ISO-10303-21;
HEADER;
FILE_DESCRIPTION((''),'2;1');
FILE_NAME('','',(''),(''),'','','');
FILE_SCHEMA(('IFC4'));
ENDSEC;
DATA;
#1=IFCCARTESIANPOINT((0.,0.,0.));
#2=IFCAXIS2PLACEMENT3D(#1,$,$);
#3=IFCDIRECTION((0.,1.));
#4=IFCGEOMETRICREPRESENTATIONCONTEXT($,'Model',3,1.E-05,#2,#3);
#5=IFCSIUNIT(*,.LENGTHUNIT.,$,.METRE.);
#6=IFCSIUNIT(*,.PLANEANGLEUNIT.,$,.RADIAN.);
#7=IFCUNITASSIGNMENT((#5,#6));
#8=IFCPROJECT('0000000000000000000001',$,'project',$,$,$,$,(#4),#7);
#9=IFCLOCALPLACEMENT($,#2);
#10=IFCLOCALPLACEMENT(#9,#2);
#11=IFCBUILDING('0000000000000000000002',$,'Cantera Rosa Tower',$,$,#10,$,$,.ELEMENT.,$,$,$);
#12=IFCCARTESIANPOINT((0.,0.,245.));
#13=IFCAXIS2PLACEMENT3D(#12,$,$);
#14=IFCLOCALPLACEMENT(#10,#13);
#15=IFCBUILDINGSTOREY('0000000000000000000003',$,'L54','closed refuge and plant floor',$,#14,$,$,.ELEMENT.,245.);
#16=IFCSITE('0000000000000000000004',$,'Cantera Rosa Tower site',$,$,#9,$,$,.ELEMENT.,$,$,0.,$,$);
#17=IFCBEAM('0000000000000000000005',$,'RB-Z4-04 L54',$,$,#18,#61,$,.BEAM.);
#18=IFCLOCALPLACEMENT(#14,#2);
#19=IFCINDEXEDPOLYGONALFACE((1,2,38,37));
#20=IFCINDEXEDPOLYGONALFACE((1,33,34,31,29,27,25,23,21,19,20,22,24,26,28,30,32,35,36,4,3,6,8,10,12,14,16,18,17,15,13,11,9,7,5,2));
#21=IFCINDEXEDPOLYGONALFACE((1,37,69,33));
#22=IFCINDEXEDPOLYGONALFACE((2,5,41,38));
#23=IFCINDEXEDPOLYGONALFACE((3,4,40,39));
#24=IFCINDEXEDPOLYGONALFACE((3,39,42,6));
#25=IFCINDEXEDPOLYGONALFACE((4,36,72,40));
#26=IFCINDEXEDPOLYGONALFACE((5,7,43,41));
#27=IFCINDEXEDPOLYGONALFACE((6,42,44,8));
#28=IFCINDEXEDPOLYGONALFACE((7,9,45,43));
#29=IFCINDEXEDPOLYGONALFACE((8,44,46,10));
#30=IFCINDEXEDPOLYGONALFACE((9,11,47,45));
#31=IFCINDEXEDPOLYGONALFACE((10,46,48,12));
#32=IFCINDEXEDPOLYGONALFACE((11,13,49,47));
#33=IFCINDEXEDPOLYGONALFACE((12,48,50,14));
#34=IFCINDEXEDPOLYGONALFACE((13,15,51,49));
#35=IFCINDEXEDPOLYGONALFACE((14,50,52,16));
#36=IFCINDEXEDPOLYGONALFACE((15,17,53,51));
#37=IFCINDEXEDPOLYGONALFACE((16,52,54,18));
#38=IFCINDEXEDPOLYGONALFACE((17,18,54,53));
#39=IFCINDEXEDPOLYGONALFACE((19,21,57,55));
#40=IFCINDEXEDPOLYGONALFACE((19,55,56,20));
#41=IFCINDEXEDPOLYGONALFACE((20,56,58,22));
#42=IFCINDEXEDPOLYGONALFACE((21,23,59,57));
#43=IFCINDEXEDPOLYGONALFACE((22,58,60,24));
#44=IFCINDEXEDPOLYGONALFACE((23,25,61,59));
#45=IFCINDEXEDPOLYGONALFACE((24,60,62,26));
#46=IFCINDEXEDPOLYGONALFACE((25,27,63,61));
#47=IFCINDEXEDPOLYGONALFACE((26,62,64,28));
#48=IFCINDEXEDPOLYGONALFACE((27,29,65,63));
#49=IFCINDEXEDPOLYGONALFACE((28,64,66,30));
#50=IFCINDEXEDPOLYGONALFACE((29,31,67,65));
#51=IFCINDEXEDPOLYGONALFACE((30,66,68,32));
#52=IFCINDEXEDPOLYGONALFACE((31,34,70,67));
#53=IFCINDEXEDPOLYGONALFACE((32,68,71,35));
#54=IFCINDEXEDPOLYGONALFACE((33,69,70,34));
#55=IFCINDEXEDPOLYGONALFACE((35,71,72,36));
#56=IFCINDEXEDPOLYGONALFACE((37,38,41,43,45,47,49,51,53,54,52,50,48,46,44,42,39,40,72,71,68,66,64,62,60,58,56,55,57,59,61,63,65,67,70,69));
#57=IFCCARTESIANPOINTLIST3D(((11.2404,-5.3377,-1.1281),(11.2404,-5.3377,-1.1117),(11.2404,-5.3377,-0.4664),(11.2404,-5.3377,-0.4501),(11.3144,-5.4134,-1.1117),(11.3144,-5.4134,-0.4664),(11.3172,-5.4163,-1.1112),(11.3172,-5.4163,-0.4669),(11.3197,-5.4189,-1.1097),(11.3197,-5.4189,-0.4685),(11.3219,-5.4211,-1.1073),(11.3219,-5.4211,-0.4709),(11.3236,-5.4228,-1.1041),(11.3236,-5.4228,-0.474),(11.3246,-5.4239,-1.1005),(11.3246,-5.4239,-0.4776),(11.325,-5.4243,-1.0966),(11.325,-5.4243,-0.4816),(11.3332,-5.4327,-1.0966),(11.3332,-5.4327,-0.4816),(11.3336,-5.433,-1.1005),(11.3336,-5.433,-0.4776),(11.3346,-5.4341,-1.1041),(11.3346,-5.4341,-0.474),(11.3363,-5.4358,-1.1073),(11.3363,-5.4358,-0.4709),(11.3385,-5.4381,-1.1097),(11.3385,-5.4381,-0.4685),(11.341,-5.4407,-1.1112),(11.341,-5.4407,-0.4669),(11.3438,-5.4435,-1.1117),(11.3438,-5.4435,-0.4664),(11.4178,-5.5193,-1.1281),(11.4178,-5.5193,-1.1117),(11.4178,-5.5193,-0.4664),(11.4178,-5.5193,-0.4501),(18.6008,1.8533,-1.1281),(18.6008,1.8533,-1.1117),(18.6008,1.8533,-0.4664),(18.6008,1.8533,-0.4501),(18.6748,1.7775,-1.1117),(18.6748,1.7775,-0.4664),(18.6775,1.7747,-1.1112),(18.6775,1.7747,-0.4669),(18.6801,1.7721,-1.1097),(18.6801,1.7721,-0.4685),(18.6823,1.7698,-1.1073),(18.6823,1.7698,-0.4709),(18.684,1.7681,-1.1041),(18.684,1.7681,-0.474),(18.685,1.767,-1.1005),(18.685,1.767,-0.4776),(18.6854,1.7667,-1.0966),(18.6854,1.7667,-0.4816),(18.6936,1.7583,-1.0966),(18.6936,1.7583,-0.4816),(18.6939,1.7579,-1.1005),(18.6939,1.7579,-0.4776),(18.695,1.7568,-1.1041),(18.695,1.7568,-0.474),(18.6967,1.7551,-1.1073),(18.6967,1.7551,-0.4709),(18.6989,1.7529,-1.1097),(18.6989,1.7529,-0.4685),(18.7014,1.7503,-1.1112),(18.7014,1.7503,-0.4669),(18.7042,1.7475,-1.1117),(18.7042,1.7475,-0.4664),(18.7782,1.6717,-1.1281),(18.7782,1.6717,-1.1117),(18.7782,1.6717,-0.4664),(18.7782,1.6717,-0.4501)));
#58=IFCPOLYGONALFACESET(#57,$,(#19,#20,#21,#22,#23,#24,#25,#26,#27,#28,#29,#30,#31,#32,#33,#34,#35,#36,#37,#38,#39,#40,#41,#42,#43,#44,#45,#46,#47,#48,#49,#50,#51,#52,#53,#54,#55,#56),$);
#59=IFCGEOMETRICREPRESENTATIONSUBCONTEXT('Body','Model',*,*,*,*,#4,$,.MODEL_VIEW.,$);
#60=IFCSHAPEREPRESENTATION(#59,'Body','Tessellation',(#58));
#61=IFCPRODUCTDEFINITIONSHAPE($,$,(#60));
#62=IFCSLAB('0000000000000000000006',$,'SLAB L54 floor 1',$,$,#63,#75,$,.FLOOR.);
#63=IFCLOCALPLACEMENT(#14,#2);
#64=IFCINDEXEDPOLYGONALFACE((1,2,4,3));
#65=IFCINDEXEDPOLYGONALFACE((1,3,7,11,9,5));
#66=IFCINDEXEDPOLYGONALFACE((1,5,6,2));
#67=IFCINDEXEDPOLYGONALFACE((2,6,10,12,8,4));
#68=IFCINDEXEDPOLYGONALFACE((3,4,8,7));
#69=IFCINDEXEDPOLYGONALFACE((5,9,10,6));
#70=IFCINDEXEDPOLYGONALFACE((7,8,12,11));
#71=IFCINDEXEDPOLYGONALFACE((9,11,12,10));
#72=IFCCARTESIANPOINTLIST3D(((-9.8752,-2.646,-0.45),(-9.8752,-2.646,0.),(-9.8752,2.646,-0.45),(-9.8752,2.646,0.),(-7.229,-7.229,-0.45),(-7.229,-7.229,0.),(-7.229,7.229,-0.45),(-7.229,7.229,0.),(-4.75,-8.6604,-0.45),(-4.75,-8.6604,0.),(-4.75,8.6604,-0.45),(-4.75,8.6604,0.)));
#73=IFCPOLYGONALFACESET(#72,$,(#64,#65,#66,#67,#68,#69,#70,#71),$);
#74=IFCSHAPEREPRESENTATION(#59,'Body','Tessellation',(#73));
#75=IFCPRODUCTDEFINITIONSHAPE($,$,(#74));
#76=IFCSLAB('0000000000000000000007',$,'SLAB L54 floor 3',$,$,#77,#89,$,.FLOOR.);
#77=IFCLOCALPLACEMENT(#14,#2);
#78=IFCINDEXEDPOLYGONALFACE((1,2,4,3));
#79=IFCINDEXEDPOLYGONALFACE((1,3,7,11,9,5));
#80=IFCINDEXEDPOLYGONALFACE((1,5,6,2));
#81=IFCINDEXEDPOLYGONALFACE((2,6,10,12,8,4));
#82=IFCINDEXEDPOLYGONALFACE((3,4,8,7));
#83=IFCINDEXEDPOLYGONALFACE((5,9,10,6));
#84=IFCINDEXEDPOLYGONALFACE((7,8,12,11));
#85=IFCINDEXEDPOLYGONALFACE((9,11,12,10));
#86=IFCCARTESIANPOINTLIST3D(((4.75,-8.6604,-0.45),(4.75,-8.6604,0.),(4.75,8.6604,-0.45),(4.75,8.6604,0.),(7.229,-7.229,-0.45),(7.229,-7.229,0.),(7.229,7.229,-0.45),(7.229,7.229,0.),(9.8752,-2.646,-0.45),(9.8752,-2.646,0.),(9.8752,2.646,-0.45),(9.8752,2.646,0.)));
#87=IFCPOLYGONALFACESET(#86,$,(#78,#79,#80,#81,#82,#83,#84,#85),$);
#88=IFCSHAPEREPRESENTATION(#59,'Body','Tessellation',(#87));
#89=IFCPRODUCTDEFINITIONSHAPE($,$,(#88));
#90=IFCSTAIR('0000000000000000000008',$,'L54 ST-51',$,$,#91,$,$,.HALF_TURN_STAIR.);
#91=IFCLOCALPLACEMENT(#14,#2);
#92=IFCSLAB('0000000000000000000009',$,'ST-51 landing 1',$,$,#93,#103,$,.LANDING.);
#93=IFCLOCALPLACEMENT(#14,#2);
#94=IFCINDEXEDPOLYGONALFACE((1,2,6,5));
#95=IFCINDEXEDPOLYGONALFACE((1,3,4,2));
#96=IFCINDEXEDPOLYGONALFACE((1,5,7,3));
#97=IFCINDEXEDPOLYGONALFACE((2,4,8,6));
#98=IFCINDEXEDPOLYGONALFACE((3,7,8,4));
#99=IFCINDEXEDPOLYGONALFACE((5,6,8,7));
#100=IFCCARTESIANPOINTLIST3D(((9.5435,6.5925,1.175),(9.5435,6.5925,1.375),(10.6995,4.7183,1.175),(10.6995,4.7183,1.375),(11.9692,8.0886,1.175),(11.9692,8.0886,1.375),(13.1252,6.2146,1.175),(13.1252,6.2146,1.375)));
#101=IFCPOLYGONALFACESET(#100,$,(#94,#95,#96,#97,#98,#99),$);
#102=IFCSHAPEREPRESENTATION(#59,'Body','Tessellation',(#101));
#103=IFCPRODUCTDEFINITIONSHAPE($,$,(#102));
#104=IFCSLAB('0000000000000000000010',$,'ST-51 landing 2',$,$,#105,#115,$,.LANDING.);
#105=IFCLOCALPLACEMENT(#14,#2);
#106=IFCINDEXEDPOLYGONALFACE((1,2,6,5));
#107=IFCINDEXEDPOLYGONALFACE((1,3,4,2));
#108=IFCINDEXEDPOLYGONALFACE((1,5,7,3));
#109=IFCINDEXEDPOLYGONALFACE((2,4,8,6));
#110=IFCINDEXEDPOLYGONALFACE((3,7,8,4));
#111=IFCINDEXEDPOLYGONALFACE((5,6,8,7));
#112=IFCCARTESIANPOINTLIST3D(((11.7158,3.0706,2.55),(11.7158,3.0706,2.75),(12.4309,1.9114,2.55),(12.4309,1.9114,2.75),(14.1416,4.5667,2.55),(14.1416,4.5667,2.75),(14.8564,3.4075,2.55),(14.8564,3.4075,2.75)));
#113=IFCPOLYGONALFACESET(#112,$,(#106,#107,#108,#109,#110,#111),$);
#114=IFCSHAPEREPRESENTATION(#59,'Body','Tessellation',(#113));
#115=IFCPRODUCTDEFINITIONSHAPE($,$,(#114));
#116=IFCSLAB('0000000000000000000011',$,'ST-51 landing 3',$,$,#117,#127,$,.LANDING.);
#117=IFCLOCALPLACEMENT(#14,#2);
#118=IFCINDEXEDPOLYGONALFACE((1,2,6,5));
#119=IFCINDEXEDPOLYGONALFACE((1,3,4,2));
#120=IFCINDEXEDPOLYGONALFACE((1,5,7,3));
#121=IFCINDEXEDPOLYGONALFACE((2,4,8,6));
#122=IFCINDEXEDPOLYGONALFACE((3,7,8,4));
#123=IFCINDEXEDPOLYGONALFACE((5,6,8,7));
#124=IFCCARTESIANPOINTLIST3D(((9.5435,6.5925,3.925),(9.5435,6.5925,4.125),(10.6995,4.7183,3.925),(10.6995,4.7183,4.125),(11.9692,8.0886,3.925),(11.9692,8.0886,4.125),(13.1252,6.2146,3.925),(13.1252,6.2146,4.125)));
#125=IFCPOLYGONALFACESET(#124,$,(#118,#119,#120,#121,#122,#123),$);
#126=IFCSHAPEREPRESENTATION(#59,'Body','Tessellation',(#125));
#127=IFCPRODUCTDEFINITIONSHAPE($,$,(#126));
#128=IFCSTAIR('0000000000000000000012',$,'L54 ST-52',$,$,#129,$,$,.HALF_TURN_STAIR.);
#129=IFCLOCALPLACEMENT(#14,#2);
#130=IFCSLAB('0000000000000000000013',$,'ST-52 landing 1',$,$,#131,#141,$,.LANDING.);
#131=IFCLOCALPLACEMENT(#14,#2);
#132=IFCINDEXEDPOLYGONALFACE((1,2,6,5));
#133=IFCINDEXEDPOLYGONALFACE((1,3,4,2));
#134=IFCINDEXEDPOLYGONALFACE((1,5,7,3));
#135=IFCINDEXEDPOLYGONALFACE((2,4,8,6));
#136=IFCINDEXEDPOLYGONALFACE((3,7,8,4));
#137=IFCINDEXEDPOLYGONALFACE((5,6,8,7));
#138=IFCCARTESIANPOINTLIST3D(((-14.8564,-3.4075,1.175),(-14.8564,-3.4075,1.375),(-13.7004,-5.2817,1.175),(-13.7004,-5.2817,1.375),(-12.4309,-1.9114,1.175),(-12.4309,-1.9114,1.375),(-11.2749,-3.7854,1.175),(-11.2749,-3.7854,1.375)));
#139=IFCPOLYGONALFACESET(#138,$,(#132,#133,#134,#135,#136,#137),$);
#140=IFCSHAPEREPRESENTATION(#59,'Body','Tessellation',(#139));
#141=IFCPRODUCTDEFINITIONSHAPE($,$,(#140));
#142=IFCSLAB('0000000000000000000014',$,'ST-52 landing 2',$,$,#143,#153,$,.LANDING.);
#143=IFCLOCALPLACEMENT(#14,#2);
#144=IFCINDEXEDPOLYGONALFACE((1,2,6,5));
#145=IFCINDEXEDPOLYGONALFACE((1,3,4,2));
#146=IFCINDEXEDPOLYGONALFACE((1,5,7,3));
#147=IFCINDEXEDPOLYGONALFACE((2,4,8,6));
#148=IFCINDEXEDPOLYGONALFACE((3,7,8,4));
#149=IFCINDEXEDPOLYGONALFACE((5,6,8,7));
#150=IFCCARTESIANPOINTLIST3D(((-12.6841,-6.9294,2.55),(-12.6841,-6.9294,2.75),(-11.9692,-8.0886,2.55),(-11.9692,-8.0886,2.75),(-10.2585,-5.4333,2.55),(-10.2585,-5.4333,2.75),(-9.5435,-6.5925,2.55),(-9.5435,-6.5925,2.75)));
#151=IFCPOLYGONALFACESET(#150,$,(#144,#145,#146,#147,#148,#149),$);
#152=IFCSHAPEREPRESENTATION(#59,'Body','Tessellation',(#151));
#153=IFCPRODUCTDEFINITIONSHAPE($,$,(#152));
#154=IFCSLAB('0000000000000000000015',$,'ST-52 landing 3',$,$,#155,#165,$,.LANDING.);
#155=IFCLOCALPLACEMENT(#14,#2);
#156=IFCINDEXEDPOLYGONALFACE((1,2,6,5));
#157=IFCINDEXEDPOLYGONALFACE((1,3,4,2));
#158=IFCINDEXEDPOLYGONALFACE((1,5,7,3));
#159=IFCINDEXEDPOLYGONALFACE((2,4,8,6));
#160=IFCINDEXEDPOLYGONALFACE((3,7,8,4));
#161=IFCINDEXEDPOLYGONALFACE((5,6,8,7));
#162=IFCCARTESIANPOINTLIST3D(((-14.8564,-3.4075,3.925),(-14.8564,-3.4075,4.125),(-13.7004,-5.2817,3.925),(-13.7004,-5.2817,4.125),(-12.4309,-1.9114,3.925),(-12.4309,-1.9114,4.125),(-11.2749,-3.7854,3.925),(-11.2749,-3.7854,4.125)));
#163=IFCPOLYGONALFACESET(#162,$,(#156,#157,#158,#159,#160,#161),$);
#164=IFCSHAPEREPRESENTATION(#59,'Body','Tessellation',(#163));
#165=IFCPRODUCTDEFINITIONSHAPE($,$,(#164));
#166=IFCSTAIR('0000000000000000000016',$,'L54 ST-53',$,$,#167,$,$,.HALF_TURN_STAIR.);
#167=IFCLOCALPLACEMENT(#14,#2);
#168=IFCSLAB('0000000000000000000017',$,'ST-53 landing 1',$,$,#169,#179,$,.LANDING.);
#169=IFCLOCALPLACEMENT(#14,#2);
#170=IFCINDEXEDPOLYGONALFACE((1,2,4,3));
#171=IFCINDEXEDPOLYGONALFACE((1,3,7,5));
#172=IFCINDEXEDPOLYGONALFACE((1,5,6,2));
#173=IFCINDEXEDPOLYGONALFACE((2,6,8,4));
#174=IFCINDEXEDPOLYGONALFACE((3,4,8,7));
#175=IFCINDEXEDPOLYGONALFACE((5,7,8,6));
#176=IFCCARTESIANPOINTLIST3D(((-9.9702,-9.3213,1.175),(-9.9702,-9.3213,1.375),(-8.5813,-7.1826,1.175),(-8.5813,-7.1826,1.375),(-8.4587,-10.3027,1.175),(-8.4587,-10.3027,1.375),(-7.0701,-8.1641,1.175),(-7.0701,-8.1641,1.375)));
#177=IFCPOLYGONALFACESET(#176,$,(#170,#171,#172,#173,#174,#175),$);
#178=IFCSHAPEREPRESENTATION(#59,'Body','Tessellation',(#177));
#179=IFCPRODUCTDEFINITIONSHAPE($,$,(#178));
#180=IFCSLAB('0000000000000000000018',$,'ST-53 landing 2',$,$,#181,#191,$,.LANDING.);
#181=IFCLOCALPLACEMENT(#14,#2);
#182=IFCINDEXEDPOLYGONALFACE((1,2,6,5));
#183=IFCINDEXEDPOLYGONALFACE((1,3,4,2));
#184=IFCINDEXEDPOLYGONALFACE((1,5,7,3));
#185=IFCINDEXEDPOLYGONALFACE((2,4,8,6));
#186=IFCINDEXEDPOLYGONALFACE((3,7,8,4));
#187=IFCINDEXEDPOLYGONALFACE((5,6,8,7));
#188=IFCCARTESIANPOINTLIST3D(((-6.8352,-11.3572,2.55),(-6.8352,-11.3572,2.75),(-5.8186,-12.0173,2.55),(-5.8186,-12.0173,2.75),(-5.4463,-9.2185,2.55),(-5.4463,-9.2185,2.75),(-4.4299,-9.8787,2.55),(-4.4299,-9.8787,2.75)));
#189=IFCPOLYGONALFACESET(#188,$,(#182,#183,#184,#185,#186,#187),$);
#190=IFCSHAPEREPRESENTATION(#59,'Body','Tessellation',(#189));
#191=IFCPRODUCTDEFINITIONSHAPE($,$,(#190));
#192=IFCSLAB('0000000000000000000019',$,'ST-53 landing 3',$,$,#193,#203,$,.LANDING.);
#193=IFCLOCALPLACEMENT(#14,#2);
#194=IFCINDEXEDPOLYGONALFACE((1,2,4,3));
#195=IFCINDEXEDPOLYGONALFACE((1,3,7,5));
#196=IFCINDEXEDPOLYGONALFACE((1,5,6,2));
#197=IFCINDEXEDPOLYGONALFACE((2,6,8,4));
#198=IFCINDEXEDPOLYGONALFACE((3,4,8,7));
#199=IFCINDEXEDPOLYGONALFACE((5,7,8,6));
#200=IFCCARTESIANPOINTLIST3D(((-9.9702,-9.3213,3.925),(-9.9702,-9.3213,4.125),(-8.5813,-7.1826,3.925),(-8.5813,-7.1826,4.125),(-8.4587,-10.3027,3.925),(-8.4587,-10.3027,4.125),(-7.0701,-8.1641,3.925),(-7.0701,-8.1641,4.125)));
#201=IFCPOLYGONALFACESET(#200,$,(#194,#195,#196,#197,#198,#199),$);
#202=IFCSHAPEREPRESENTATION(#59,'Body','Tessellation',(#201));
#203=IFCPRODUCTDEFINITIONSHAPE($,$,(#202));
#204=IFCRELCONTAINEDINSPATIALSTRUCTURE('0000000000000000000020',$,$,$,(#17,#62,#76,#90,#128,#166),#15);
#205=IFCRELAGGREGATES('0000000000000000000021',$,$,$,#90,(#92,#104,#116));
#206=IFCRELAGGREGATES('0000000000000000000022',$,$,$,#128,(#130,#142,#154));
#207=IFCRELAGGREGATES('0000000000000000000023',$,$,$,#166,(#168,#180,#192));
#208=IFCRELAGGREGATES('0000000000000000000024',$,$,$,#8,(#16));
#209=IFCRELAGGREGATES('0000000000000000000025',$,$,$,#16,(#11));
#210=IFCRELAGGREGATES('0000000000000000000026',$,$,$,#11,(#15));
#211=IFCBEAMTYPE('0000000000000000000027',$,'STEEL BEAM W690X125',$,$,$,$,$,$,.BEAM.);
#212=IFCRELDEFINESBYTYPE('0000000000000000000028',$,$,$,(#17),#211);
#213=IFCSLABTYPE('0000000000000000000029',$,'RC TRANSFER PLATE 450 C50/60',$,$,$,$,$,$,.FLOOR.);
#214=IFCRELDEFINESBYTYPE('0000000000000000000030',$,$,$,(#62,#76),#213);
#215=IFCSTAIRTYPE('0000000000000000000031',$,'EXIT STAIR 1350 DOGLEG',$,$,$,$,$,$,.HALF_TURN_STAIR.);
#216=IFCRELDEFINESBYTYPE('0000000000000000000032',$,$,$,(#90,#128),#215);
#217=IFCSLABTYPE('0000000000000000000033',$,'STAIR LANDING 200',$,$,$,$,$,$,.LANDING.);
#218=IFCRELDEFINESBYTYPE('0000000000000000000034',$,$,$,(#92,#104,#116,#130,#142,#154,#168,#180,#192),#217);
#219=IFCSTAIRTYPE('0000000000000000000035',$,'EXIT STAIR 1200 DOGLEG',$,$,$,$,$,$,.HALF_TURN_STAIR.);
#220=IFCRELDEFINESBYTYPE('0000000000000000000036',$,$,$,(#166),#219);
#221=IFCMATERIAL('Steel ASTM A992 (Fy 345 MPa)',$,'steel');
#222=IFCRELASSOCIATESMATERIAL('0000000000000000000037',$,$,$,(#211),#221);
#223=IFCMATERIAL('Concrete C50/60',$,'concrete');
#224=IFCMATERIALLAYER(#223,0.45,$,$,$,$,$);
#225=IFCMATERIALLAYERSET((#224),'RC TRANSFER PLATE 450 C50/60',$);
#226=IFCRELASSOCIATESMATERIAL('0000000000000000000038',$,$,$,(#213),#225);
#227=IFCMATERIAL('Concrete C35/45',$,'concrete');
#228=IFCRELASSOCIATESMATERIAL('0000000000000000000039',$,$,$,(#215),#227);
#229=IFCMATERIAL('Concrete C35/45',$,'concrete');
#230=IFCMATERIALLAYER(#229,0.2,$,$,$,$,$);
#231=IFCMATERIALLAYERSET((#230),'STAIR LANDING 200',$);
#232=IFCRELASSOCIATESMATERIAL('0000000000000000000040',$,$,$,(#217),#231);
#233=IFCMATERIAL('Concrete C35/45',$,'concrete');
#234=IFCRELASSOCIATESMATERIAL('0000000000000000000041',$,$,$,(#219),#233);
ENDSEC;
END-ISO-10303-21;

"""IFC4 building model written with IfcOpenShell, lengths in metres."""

from ifc_helpers import new_model, si_unit, direction, frame, origin, origin_2d, place, context, subcontext, project, spatial, polyline, i_section, outline, extrude, material, layer, layer_set, material_profile, profile_set, type_object, element, aggregate, save


model = new_model("IFC4")

# Units and contexts
model_context = context("Model", 3, precision=1e-05, world=origin(), true_north=direction((0.0, 1.0)))
body_context = subcontext(model_context, "Body", "Model", "MODEL_VIEW")
ifc_project = project(units=[si_unit("LENGTHUNIT", "METRE"), si_unit("PLANEANGLEUNIT", "RADIAN")], contexts=[model_context])

# Site, building, storey
site_placement = place(None, origin())
site = spatial("IfcSite", under=ifc_project, at=site_placement, Name="Cantera Rosa Tower site", CompositionType="ELEMENT", RefElevation=0.0)
building_placement = place(site_placement, origin())
building = spatial("IfcBuilding", under=site, at=building_placement, Name="Cantera Rosa Tower", CompositionType="ELEMENT")
storey_placement = place(building_placement, frame((0.0, 0.0, 245.0)))
storey = spatial("IfcBuildingStorey", under=building, at=storey_placement, Name="L54", Description="closed refuge and plant floor", CompositionType="ELEMENT", Elevation=245.0)

# Beam
ifc_material_1 = material(Name="Steel ASTM A992 (Fy 345 MPa)", Category="steel")
ifc_material_profile = material_profile(ifc_material_1, i_section(OverallWidth=0.2539, OverallDepth=0.678, WebThickness=0.0117, FlangeThickness=0.0164, FilletRadius=0.0151, at=origin_2d()), Name="W690X125")
ifc_profile_set = profile_set([ifc_material_profile], Name="Steel ASTM A992 (Fy 345 MPa)")
beam_type = type_object("IfcBeamType", Name="STEEL BEAM W690X125", PredefinedType="BEAM", material=ifc_profile_set)
beam_placement = place(storey_placement, frame((11.3291, -5.4285, -0.7891), z_axis=(0.715292, 0.698826, 0.0), x_axis=(-0.698826, 0.715292, 0.0)))
element("IfcBeam", 1, at=beam_placement, inside=storey, type_object=beam_type, Name="RB-Z4-04 L54", PredefinedType="BEAM", context=body_context, shape_type="SweptSolid", body=[
    extrude(i_section(OverallWidth=0.2539, OverallDepth=0.678, WebThickness=0.0117, FlangeThickness=0.0164, FilletRadius=0.0151, at=origin_2d()), origin(), (0.0, 0.0, 1.0), 10.29),
])

# Slabs
ifc_material_2 = material(Name="Concrete C50/60", Category="concrete")
ifc_layer_1 = layer(ifc_material_2, 0.45)
ifc_layer_set_1 = layer_set([ifc_layer_1], Name="RC TRANSFER PLATE 450 C50/60")
slab_type_1 = type_object("IfcSlabType", Name="RC TRANSFER PLATE 450 C50/60", PredefinedType="FLOOR", material=ifc_layer_set_1)
slab_1_placement = place(storey_placement, frame((0.0, 0.0, -0.45)))
element("IfcSlab", 2, at=slab_1_placement, inside=storey, type_object=slab_type_1, Name="SLAB L54 floor 1", PredefinedType="FLOOR", context=body_context, shape_type="SweptSolid", body=[
    extrude(outline(polyline([(-4.75, 8.6604), (-4.75, -8.6604), (-7.229, -7.229), (-9.8752, -2.646), (-9.8752, 2.646), (-7.229, 7.229), (-4.75, 8.6604)])), origin(), (0.0, 0.0, 1.0), 0.45),
])
slab_2_placement = place(storey_placement, frame((0.0, 0.0, -0.45)))
element("IfcSlab", 3, at=slab_2_placement, inside=storey, type_object=slab_type_1, Name="SLAB L54 floor 3", PredefinedType="FLOOR", context=body_context, shape_type="SweptSolid", body=[
    extrude(outline(polyline([(4.75, -8.6604), (4.75, 8.6604), (7.229, 7.229), (9.8752, 2.646), (9.8752, -2.646), (7.229, -7.229), (4.75, -8.6604)])), origin(), (0.0, 0.0, 1.0), 0.45),
])

# Stairs, slabs
ifc_material_3 = material(Name="Concrete C35/45", Category="concrete")
stair_type_1 = type_object("IfcStairType", Name="EXIT STAIR 1350 DOGLEG", PredefinedType="HALF_TURN_STAIR", material=ifc_material_3)
stair_1_placement = place(storey_placement, origin())
stair_1 = element("IfcStair", 4, at=stair_1_placement, inside=storey, type_object=stair_type_1, Name="L54 ST-51", PredefinedType="HALF_TURN_STAIR")
ifc_material_4 = material(Name="Concrete C35/45", Category="concrete")
ifc_layer_2 = layer(ifc_material_4, 0.2)
ifc_layer_set_2 = layer_set([ifc_layer_2], Name="STAIR LANDING 200")
slab_type_2 = type_object("IfcSlabType", Name="STAIR LANDING 200", PredefinedType="LANDING", material=ifc_layer_set_2)
slab_3_placement = place(storey_placement, frame((0.0, 0.0, 1.175)))
slab_3 = element("IfcSlab", 5, at=slab_3_placement, type_object=slab_type_2, Name="ST-51 landing 1", PredefinedType="LANDING", context=body_context, shape_type="SweptSolid", body=[
    extrude(outline(polyline([(13.1252, 6.2146), (11.9692, 8.0886), (9.5435, 6.5925), (10.6995, 4.7183), (13.1252, 6.2146)])), origin(), (0.0, 0.0, 1.0), 0.2),
])
slab_4_placement = place(storey_placement, frame((0.0, 0.0, 2.55)))
slab_4 = element("IfcSlab", 6, at=slab_4_placement, type_object=slab_type_2, Name="ST-51 landing 2", PredefinedType="LANDING", context=body_context, shape_type="SweptSolid", body=[
    extrude(outline(polyline([(14.8564, 3.4075), (14.1416, 4.5667), (11.7158, 3.0706), (12.4309, 1.9114), (14.8564, 3.4075)])), origin(), (0.0, 0.0, 1.0), 0.2),
])
slab_5_placement = place(storey_placement, frame((0.0, 0.0, 3.925)))
slab_5 = element("IfcSlab", 7, at=slab_5_placement, type_object=slab_type_2, Name="ST-51 landing 3", PredefinedType="LANDING", context=body_context, shape_type="SweptSolid", body=[
    extrude(outline(polyline([(13.1252, 6.2146), (11.9692, 8.0886), (9.5435, 6.5925), (10.6995, 4.7183), (13.1252, 6.2146)])), origin(), (0.0, 0.0, 1.0), 0.2),
])
aggregate(stair_1, [slab_3, slab_4, slab_5])
stair_2_placement = place(storey_placement, origin())
stair_2 = element("IfcStair", 8, at=stair_2_placement, inside=storey, type_object=stair_type_1, Name="L54 ST-52", PredefinedType="HALF_TURN_STAIR")
slab_6_placement = place(storey_placement, frame((0.0, 0.0, 1.175)))
slab_6 = element("IfcSlab", 9, at=slab_6_placement, type_object=slab_type_2, Name="ST-52 landing 1", PredefinedType="LANDING", context=body_context, shape_type="SweptSolid", body=[
    extrude(outline(polyline([(-11.2749, -3.7854), (-12.4309, -1.9114), (-14.8564, -3.4075), (-13.7004, -5.2817), (-11.2749, -3.7854)])), origin(), (0.0, 0.0, 1.0), 0.2),
])
slab_7_placement = place(storey_placement, frame((0.0, 0.0, 2.55)))
slab_7 = element("IfcSlab", 10, at=slab_7_placement, type_object=slab_type_2, Name="ST-52 landing 2", PredefinedType="LANDING", context=body_context, shape_type="SweptSolid", body=[
    extrude(outline(polyline([(-9.5435, -6.5925), (-10.2585, -5.4333), (-12.6841, -6.9294), (-11.9692, -8.0886), (-9.5435, -6.5925)])), origin(), (0.0, 0.0, 1.0), 0.2),
])
slab_8_placement = place(storey_placement, frame((0.0, 0.0, 3.925)))
slab_8 = element("IfcSlab", 11, at=slab_8_placement, type_object=slab_type_2, Name="ST-52 landing 3", PredefinedType="LANDING", context=body_context, shape_type="SweptSolid", body=[
    extrude(outline(polyline([(-11.2749, -3.7854), (-12.4309, -1.9114), (-14.8564, -3.4075), (-13.7004, -5.2817), (-11.2749, -3.7854)])), origin(), (0.0, 0.0, 1.0), 0.2),
])
aggregate(stair_2, [slab_6, slab_7, slab_8])
ifc_material_5 = material(Name="Concrete C35/45", Category="concrete")
stair_type_2 = type_object("IfcStairType", Name="EXIT STAIR 1200 DOGLEG", PredefinedType="HALF_TURN_STAIR", material=ifc_material_5)
stair_3_placement = place(storey_placement, origin())
stair_3 = element("IfcStair", 12, at=stair_3_placement, inside=storey, type_object=stair_type_2, Name="L54 ST-53", PredefinedType="HALF_TURN_STAIR")
slab_9_placement = place(storey_placement, frame((0.0, 0.0, 1.175)))
slab_9 = element("IfcSlab", 13, at=slab_9_placement, type_object=slab_type_2, Name="ST-53 landing 1", PredefinedType="LANDING", context=body_context, shape_type="SweptSolid", body=[
    extrude(outline(polyline([(-7.0701, -8.1641), (-8.5813, -7.1826), (-9.9702, -9.3213), (-8.4587, -10.3027), (-7.0701, -8.1641)])), origin(), (0.0, 0.0, 1.0), 0.2),
])
slab_10_placement = place(storey_placement, frame((0.0, 0.0, 2.55)))
slab_10 = element("IfcSlab", 14, at=slab_10_placement, type_object=slab_type_2, Name="ST-53 landing 2", PredefinedType="LANDING", context=body_context, shape_type="SweptSolid", body=[
    extrude(outline(polyline([(-4.4299, -9.8787), (-5.4463, -9.2185), (-6.8352, -11.3572), (-5.8186, -12.0173), (-4.4299, -9.8787)])), origin(), (0.0, 0.0, 1.0), 0.2),
])
slab_11_placement = place(storey_placement, frame((0.0, 0.0, 3.925)))
slab_11 = element("IfcSlab", 15, at=slab_11_placement, type_object=slab_type_2, Name="ST-53 landing 3", PredefinedType="LANDING", context=body_context, shape_type="SweptSolid", body=[
    extrude(outline(polyline([(-7.0701, -8.1641), (-8.5813, -7.1826), (-9.9702, -9.3213), (-8.4587, -10.3027), (-7.0701, -8.1641)])), origin(), (0.0, 0.0, 1.0), 0.2),
])
aggregate(stair_3, [slab_9, slab_10, slab_11])

save(model, "model.ifc")
